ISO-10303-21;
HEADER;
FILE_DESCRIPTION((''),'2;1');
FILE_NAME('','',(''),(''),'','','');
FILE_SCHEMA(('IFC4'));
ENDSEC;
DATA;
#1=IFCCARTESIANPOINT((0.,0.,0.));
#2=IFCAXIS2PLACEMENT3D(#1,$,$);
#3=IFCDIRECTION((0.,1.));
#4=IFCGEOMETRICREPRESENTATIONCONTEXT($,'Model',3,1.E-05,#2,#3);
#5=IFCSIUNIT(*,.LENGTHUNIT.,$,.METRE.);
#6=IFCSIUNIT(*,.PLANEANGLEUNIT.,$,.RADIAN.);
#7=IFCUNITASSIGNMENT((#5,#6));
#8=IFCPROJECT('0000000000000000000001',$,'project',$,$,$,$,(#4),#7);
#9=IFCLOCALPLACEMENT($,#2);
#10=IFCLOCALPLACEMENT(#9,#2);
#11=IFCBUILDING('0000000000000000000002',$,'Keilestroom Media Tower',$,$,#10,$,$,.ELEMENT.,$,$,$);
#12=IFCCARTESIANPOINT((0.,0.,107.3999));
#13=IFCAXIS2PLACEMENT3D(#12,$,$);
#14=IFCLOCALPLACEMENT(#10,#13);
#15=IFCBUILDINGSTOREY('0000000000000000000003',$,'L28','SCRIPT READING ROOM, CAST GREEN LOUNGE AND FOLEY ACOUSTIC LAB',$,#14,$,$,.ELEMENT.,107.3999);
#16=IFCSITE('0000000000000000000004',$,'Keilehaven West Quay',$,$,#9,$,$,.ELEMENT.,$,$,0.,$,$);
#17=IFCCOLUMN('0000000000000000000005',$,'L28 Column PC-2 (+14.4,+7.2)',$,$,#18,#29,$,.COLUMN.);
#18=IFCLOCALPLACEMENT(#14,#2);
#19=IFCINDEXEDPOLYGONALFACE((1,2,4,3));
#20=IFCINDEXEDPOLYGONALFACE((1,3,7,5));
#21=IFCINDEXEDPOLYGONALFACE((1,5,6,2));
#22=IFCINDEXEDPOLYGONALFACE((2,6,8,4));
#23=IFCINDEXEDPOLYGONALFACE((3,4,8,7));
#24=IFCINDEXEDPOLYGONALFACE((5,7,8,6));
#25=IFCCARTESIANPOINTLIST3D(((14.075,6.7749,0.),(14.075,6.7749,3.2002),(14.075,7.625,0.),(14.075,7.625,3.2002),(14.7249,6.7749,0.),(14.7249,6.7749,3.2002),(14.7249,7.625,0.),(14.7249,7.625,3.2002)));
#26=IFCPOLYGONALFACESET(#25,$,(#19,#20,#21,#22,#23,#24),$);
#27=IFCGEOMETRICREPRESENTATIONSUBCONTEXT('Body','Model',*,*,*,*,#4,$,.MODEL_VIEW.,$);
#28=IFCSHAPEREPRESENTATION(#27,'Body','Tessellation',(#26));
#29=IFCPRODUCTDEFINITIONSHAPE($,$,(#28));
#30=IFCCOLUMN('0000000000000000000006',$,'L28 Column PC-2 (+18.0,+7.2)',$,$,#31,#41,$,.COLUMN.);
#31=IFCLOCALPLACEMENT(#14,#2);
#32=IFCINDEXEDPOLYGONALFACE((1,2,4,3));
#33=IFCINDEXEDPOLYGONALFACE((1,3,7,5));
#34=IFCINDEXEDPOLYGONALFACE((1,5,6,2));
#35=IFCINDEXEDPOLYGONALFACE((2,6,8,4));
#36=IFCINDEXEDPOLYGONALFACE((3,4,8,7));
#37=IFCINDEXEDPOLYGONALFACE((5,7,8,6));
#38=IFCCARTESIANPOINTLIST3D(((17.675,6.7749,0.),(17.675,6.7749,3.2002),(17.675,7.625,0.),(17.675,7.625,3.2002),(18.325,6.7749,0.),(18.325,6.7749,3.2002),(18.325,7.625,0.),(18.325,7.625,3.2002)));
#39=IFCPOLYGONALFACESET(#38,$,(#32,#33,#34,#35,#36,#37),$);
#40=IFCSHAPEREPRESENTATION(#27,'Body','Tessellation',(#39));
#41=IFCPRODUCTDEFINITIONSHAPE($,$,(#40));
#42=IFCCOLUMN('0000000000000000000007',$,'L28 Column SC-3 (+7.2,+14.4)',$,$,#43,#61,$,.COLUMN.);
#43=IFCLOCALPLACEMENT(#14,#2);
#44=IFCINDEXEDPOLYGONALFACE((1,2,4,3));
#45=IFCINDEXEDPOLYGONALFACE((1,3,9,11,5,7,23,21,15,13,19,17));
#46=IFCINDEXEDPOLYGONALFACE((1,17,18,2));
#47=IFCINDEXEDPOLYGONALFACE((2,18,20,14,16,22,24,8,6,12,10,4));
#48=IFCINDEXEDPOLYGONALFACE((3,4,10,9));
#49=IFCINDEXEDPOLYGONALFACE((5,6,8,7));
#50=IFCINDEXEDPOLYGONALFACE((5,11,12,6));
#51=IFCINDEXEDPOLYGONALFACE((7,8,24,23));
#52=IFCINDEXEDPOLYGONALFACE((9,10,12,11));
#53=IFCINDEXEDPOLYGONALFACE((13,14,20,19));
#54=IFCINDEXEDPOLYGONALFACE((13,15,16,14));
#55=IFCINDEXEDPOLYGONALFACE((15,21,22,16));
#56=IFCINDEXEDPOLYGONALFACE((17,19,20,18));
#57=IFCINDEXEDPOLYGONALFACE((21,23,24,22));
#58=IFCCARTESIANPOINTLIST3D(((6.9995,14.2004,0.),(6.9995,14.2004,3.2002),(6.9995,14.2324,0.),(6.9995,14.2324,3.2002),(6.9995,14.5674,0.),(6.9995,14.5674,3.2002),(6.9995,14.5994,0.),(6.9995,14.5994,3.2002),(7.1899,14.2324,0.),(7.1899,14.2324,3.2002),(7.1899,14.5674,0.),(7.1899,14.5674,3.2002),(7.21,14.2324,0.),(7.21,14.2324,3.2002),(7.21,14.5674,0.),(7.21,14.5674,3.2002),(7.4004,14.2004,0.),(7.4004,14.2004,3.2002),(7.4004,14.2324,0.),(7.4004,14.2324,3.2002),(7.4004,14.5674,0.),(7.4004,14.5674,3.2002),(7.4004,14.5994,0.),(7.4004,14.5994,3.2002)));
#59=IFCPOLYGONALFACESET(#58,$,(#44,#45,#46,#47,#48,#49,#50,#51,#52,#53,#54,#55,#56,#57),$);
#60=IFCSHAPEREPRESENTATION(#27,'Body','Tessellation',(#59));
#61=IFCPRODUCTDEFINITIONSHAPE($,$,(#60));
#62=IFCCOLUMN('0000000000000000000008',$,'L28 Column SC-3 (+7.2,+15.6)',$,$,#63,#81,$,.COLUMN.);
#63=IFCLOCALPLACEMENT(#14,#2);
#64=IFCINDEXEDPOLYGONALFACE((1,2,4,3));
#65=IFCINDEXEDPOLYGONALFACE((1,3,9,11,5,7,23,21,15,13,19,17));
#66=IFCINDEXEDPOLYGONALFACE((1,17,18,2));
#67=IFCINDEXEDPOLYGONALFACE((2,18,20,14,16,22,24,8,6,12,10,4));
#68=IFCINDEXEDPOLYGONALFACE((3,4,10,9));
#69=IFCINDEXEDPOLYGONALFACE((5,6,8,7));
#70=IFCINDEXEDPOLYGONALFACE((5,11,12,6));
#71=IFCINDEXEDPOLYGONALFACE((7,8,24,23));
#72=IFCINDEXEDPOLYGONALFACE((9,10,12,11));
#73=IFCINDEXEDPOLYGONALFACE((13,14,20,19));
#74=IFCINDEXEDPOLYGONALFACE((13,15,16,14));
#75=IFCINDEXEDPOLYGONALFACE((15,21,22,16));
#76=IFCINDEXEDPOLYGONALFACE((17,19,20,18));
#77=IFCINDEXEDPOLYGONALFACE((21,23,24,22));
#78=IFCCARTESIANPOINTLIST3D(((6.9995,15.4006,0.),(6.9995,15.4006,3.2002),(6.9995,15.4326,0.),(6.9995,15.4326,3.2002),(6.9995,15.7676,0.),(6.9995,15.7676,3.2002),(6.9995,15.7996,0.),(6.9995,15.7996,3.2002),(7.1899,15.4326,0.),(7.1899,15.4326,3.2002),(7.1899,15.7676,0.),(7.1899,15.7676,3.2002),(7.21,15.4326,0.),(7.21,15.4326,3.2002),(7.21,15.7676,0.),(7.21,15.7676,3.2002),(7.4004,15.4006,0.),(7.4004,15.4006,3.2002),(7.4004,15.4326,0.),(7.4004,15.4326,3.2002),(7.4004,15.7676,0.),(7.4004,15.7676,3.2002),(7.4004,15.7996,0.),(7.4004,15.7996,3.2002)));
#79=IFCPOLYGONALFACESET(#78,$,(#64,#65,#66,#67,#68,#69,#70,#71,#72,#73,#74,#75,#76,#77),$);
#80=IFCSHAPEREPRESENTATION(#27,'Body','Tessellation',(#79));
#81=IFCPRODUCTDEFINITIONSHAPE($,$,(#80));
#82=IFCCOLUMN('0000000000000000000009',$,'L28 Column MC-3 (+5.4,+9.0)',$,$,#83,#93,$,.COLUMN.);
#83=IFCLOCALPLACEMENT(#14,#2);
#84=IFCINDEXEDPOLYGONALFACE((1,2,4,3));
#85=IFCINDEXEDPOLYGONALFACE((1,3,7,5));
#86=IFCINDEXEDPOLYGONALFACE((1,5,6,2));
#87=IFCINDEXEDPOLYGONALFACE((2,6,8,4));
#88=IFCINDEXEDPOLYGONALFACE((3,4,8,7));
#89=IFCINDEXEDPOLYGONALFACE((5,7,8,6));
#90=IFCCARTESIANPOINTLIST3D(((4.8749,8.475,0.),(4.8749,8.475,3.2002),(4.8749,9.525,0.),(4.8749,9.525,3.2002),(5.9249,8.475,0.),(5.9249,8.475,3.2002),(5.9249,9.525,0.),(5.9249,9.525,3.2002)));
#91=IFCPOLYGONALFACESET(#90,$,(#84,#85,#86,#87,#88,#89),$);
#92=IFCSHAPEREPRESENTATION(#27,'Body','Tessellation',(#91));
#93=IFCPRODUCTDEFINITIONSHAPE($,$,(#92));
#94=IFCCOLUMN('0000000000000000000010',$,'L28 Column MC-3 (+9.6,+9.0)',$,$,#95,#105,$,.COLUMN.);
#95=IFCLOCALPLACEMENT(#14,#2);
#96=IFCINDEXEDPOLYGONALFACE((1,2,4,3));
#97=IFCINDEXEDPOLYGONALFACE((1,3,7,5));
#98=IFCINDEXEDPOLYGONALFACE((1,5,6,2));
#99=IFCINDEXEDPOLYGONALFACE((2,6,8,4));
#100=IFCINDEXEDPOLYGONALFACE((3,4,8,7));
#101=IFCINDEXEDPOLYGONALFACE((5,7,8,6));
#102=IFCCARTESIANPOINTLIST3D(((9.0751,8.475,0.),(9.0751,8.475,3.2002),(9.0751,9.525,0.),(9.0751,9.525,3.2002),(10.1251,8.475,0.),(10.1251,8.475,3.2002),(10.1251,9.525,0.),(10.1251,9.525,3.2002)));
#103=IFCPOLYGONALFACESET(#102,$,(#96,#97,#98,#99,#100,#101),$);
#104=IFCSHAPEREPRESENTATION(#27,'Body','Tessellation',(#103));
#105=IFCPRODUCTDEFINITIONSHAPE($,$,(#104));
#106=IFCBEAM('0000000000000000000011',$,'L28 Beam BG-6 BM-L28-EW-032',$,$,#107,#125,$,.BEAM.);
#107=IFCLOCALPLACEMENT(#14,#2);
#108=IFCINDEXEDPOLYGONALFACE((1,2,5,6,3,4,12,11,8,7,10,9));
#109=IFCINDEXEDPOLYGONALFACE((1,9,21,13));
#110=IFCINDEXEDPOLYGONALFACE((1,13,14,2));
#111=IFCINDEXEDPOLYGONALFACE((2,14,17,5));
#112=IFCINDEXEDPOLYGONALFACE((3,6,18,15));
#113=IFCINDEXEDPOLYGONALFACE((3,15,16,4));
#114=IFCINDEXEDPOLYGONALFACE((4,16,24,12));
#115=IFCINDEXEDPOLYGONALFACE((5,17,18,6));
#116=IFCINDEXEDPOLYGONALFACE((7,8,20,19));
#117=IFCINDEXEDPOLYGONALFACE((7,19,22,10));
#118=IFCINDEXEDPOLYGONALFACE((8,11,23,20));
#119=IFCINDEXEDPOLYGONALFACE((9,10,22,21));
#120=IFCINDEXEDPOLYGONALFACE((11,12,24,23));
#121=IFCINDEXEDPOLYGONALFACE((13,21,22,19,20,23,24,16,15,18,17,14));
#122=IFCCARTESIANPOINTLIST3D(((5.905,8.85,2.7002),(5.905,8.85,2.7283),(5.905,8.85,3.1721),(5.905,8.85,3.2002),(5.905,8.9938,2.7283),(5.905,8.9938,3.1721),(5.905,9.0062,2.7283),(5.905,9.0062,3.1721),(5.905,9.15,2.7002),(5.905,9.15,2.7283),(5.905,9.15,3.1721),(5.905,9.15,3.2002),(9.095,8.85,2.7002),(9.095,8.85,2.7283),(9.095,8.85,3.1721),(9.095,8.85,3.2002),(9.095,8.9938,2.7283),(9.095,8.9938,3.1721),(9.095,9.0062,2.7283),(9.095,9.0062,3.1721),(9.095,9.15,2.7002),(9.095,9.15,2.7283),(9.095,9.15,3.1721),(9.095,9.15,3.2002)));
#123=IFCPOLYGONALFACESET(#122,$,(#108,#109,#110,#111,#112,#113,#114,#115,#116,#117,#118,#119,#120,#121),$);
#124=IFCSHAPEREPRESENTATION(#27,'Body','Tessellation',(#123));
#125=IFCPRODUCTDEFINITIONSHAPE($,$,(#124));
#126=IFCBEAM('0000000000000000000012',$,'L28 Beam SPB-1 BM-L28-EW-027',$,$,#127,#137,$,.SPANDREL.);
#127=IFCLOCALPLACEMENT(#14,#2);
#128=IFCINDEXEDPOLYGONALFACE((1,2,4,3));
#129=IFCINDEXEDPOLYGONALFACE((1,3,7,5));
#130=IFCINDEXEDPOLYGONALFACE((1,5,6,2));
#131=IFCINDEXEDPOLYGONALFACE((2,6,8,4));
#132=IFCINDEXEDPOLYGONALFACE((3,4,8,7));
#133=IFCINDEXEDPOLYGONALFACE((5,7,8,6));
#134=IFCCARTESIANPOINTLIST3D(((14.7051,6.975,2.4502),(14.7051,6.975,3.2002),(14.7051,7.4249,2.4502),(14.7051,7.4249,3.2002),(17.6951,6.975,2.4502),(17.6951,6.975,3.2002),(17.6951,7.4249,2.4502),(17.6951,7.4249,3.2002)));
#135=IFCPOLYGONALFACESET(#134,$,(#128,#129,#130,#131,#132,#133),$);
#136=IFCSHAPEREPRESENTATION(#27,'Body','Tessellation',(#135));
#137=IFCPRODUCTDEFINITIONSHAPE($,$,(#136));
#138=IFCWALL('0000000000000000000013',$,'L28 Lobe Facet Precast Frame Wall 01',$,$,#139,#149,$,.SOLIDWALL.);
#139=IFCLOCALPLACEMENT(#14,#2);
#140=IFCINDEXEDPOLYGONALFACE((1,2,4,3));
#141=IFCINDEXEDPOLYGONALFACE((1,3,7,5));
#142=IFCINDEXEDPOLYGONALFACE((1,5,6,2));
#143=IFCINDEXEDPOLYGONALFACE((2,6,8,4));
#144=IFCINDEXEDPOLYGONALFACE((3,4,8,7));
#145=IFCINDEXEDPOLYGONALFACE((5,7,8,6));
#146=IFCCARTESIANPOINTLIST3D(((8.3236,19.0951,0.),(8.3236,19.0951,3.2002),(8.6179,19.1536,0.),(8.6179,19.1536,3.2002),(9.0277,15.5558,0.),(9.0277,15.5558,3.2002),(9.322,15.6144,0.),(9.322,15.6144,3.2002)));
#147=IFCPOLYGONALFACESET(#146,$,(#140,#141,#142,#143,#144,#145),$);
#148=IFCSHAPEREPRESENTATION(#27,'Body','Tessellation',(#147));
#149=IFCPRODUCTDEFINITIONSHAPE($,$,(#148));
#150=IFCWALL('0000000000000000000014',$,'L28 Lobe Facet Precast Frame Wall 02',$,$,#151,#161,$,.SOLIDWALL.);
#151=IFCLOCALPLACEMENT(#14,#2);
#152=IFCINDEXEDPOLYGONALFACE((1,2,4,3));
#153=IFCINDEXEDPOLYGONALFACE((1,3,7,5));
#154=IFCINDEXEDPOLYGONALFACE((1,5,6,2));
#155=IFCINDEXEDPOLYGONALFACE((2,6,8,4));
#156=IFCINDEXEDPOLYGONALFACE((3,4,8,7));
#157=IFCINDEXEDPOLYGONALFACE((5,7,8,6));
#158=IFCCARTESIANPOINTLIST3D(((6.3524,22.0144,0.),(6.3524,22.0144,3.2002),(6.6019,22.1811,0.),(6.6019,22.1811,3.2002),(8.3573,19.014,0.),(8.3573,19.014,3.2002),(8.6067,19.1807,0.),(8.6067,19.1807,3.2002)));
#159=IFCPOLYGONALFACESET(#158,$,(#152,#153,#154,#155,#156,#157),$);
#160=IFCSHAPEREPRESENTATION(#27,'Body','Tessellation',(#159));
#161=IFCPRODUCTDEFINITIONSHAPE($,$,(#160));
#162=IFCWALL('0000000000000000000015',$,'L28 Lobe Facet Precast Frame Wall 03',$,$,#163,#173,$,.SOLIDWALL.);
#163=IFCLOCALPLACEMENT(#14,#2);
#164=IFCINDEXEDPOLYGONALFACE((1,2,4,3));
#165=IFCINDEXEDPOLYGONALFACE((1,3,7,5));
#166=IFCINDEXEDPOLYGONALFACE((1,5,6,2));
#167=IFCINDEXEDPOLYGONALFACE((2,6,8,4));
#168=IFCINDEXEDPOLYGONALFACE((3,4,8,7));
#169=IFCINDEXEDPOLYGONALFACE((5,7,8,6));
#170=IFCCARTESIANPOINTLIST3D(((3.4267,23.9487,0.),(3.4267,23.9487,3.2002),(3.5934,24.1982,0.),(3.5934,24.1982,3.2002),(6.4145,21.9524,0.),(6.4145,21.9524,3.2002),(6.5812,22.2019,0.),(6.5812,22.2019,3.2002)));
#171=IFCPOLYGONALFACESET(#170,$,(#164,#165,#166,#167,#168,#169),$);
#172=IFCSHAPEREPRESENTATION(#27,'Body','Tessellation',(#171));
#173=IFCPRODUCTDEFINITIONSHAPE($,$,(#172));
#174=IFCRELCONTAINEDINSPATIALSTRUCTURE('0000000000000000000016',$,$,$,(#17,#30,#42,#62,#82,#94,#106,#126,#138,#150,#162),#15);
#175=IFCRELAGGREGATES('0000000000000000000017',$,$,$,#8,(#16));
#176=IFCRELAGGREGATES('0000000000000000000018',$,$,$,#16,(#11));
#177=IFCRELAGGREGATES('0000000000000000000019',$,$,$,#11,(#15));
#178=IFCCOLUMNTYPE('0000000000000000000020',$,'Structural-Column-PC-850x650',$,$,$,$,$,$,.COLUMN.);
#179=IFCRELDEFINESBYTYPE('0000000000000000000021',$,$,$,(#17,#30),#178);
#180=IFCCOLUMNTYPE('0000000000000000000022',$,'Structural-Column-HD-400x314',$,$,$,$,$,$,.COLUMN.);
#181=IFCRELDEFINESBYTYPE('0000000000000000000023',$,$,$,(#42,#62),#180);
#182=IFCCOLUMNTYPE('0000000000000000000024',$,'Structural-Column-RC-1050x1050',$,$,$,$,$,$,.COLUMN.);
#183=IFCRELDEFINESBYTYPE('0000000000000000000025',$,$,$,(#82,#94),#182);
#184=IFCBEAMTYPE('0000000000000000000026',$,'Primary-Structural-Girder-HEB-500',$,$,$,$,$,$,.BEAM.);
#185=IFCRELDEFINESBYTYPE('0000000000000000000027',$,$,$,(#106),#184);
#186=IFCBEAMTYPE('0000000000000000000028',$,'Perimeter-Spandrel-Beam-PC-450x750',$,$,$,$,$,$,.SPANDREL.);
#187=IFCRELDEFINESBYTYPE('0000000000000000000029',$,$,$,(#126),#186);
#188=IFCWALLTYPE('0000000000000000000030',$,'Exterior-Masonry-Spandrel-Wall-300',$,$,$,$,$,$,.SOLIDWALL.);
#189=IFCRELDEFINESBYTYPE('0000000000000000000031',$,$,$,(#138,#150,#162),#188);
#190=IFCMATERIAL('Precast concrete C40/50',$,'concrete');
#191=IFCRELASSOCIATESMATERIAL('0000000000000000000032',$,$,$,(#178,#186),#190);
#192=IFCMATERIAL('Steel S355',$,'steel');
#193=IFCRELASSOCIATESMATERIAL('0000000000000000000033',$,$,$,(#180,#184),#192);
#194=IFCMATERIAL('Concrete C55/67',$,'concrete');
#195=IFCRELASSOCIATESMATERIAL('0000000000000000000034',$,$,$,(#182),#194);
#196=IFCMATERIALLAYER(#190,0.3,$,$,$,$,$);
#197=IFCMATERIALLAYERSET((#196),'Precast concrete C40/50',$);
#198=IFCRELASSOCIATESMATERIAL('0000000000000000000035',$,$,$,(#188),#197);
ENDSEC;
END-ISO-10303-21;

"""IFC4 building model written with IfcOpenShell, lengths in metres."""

from ifc_helpers import new_model, si_unit, direction, frame, frame_2d, origin, origin_2d, place, context, subcontext, project, spatial, rectangle, i_section, extrude, source, transform, mapped, material, layer, layer_set, material_profile, profile_set, type_object, element, save


model = new_model("IFC4")

# Units and contexts
model_context = context("Model", 3, precision=1e-05, world=origin(), true_north=direction((0.0, 1.0)))
body_context = subcontext(model_context, "Body", "Model", "MODEL_VIEW")
ifc_project = project(units=[si_unit("LENGTHUNIT", "METRE"), si_unit("PLANEANGLEUNIT", "RADIAN")], contexts=[model_context])

# Site, building, storey
site_placement = place(None, origin())
site = spatial("IfcSite", under=ifc_project, at=site_placement, Name="Keilehaven West Quay", CompositionType="ELEMENT", RefElevation=0.0)
building_placement = place(site_placement, origin())
building = spatial("IfcBuilding", under=site, at=building_placement, Name="Keilestroom Media Tower", CompositionType="ELEMENT")
storey_placement = place(building_placement, frame((0.0, 0.0, 107.3999)))
storey = spatial("IfcBuildingStorey", under=building, at=storey_placement, Name="L28", Description="SCRIPT READING ROOM, CAST GREEN LOUNGE AND FOLEY ACOUSTIC LAB", CompositionType="ELEMENT", Elevation=107.3999)

# Columns
ifc_material_1 = material(Name="Precast concrete C40/50", Category="concrete")
ifc_material_profile_1 = material_profile(ifc_material_1, rectangle(XDim=0.6499, YDim=0.8501, at=origin_2d()), Name="PC 850x650")
ifc_profile_set_1 = profile_set([ifc_material_profile_1], Name="Precast concrete C40/50")
column_type_1 = type_object("IfcColumnType", Name="Structural-Column-PC-850x650", PredefinedType="COLUMN", material=ifc_profile_set_1)
shared_shape_1 = source(origin(), body_context, "Body", "SweptSolid", [
    extrude(rectangle(XDim=0.6499, YDim=0.8501, at=origin_2d()), origin(), (0.0, 0.0, 1.0), 3.2002),
])
for number, where, z_axis, x_axis, name in (
    (1, (14.3999, 7.2, 0.0), (0.0, 0.0, 1.0), (1.0, 0.0, 0.0), "L28 Column PC-2 (+14.4,+7.2)"),
    (2, (18.0, 7.2, 0.0), (0.0, 0.0, 1.0), (1.0, 0.0, 0.0), "L28 Column PC-2 (+18.0,+7.2)"),
):
    element("IfcColumn", number, at=place(storey_placement, frame(where, z_axis=z_axis, x_axis=x_axis)), inside=storey, type_object=column_type_1, Name=name, PredefinedType="COLUMN", context=body_context, shape_type="MappedRepresentation", body=[
        mapped(shared_shape_1, transform((0.0, 0.0, 0.0), x_axis=(1.0, 0.0, 0.0), y_axis=(0.0, 1.0, 0.0), z_axis=(0.0, 0.0, 1.0), scale=1.0)),
    ])
ifc_material_2 = material(Name="Steel S355", Category="steel")
ifc_material_profile_2 = material_profile(ifc_material_2, i_section(OverallWidth=0.4009, OverallDepth=0.3989, WebThickness=0.02, FlangeThickness=0.032, at=origin_2d()), Name="HD 400x314")
ifc_profile_set_2 = profile_set([ifc_material_profile_2], Name="Steel S355")
column_type_2 = type_object("IfcColumnType", Name="Structural-Column-HD-400x314", PredefinedType="COLUMN", material=ifc_profile_set_2)
shared_shape_2 = source(origin(), body_context, "Body", "SweptSolid", [
    extrude(i_section(OverallWidth=0.4009, OverallDepth=0.3989, WebThickness=0.02, FlangeThickness=0.032, at=origin_2d()), origin(), (0.0, 0.0, 1.0), 3.2002),
])
for number, where, z_axis, x_axis, name in (
    (3, (7.2, 14.3999, 0.0), (0.0, 0.0, 1.0), (1.0, 0.0, 0.0), "L28 Column SC-3 (+7.2,+14.4)"),
    (4, (7.2, 15.6001, 0.0), (0.0, 0.0, 1.0), (1.0, 0.0, 0.0), "L28 Column SC-3 (+7.2,+15.6)"),
):
    element("IfcColumn", number, at=place(storey_placement, frame(where, z_axis=z_axis, x_axis=x_axis)), inside=storey, type_object=column_type_2, Name=name, PredefinedType="COLUMN", context=body_context, shape_type="MappedRepresentation", body=[
        mapped(shared_shape_2, transform((0.0, 0.0, 0.0), x_axis=(1.0, 0.0, 0.0), y_axis=(0.0, 1.0, 0.0), z_axis=(0.0, 0.0, 1.0), scale=1.0)),
    ])
ifc_material_3 = material(Name="Concrete C55/67", Category="concrete")
ifc_material_profile_3 = material_profile(ifc_material_3, rectangle(XDim=1.05, YDim=1.05, at=origin_2d()), Name="RC 1050x1050")
ifc_profile_set_3 = profile_set([ifc_material_profile_3], Name="Concrete C55/67")
column_type_3 = type_object("IfcColumnType", Name="Structural-Column-RC-1050x1050", PredefinedType="COLUMN", material=ifc_profile_set_3)
shared_shape_3 = source(origin(), body_context, "Body", "SweptSolid", [
    extrude(rectangle(XDim=1.05, YDim=1.05, at=origin_2d()), origin(), (0.0, 0.0, 1.0), 3.2002),
])
for number, where, z_axis, x_axis, name in (
    (5, (5.3999, 9.0, 0.0), (0.0, 0.0, 1.0), (1.0, 0.0, 0.0), "L28 Column MC-3 (+5.4,+9.0)"),
    (6, (9.6001, 9.0, 0.0), (0.0, 0.0, 1.0), (1.0, 0.0, 0.0), "L28 Column MC-3 (+9.6,+9.0)"),
):
    element("IfcColumn", number, at=place(storey_placement, frame(where, z_axis=z_axis, x_axis=x_axis)), inside=storey, type_object=column_type_3, Name=name, PredefinedType="COLUMN", context=body_context, shape_type="MappedRepresentation", body=[
        mapped(shared_shape_3, transform((0.0, 0.0, 0.0), x_axis=(1.0, 0.0, 0.0), y_axis=(0.0, 1.0, 0.0), z_axis=(0.0, 0.0, 1.0), scale=1.0)),
    ])

# Beams
ifc_material_profile_4 = material_profile(ifc_material_2, i_section(OverallWidth=0.3, OverallDepth=0.5, WebThickness=0.0125, FlangeThickness=0.0281, at=origin_2d()), Name="HEB 500")
ifc_profile_set_4 = profile_set([ifc_material_profile_4], Name="Steel S355")
beam_type_1 = type_object("IfcBeamType", Name="Primary-Structural-Girder-HEB-500", PredefinedType="BEAM", material=ifc_profile_set_4)
shared_shape_4 = source(origin(), body_context, "Body", "SweptSolid", [
    extrude(i_section(OverallWidth=0.3, OverallDepth=0.5, WebThickness=0.0125, FlangeThickness=0.0281, at=origin_2d()), origin(), (0.0, 0.0, 1.0), 3.1899),
])
beam_1_placement = place(storey_placement, frame((5.905, 9.0, 2.9502), z_axis=(1.0, 0.0, 0.0), x_axis=(0.0, 1.0, 0.0)))
element("IfcBeam", 7, at=beam_1_placement, inside=storey, type_object=beam_type_1, Name="L28 Beam BG-6 BM-L28-EW-032", PredefinedType="BEAM", context=body_context, shape_type="MappedRepresentation", body=[
    mapped(shared_shape_4, transform((0.0, 0.0, 0.0), x_axis=(1.0, 0.0, 0.0), y_axis=(0.0, 1.0, 0.0), z_axis=(0.0, 0.0, 1.0), scale=1.0)),
])
ifc_material_profile_5 = material_profile(ifc_material_1, rectangle(XDim=0.45, YDim=0.75, at=origin_2d()), Name="PC 450x750")
ifc_profile_set_5 = profile_set([ifc_material_profile_5], Name="Precast concrete C40/50")
beam_type_2 = type_object("IfcBeamType", Name="Perimeter-Spandrel-Beam-PC-450x750", PredefinedType="SPANDREL", material=ifc_profile_set_5)
shared_shape_5 = source(origin(), body_context, "Body", "SweptSolid", [
    extrude(rectangle(XDim=0.45, YDim=0.75, at=origin_2d()), origin(), (0.0, 0.0, 1.0), 2.99),
])
beam_2_placement = place(storey_placement, frame((14.7051, 7.2, 2.8252), z_axis=(1.0, 0.0, 0.0), x_axis=(0.0, 1.0, 0.0)))
element("IfcBeam", 8, at=beam_2_placement, inside=storey, type_object=beam_type_2, Name="L28 Beam SPB-1 BM-L28-EW-027", PredefinedType="SPANDREL", context=body_context, shape_type="MappedRepresentation", body=[
    mapped(shared_shape_5, transform((0.0, 0.0, 0.0), x_axis=(1.0, 0.0, 0.0), y_axis=(0.0, 1.0, 0.0), z_axis=(0.0, 0.0, 1.0), scale=1.0)),
])

# Walls
ifc_layer_1 = layer(ifc_material_1, 0.3)
ifc_layer_set_1 = layer_set([ifc_layer_1], Name="Precast concrete C40/50")
wall_type_1 = type_object("IfcWallType", Name="Exterior-Masonry-Spandrel-Wall-300", PredefinedType="SOLIDWALL", material=ifc_layer_set_1)
for number, where, z_axis, x_axis, name in (
    (9, (9.1748, 15.5852, 0.0), (0.0, 0.0, 1.0), (-0.195114, 0.980781, 0.0), "L28 Lobe Facet Precast Frame Wall 01"),
    (10, (8.4819, 19.0974, 0.0), (0.0, 0.0, 1.0), (-0.555574, 0.831467, 0.0), "L28 Lobe Facet Precast Frame Wall 02"),
):
    element("IfcWall", number, at=place(storey_placement, frame(where, z_axis=z_axis, x_axis=x_axis)), inside=storey, type_object=wall_type_1, Name=name, PredefinedType="SOLIDWALL", context=body_context, shape_type="SweptSolid", body=[
        extrude(rectangle(XDim=3.6086, YDim=0.3, at=frame_2d((1.8042, 0.0))), origin(), (0.0, 0.0, 1.0), 3.2002),
    ])
wall_1_placement = place(storey_placement, frame((6.4978, 22.0771, 0.0), z_axis=(0.0, 0.0, 1.0), x_axis=(-0.831475, 0.555562, 0.0)))
element("IfcWall", 11, at=wall_1_placement, inside=storey, type_object=wall_type_1, Name="L28 Lobe Facet Precast Frame Wall 03", PredefinedType="SOLIDWALL", context=body_context, shape_type="SweptSolid", body=[
    extrude(rectangle(XDim=3.5933, YDim=0.3, at=frame_2d((1.7966, 0.0))), origin(), (0.0, 0.0, 1.0), 3.2002),
])

save(model, "model.ifc")
